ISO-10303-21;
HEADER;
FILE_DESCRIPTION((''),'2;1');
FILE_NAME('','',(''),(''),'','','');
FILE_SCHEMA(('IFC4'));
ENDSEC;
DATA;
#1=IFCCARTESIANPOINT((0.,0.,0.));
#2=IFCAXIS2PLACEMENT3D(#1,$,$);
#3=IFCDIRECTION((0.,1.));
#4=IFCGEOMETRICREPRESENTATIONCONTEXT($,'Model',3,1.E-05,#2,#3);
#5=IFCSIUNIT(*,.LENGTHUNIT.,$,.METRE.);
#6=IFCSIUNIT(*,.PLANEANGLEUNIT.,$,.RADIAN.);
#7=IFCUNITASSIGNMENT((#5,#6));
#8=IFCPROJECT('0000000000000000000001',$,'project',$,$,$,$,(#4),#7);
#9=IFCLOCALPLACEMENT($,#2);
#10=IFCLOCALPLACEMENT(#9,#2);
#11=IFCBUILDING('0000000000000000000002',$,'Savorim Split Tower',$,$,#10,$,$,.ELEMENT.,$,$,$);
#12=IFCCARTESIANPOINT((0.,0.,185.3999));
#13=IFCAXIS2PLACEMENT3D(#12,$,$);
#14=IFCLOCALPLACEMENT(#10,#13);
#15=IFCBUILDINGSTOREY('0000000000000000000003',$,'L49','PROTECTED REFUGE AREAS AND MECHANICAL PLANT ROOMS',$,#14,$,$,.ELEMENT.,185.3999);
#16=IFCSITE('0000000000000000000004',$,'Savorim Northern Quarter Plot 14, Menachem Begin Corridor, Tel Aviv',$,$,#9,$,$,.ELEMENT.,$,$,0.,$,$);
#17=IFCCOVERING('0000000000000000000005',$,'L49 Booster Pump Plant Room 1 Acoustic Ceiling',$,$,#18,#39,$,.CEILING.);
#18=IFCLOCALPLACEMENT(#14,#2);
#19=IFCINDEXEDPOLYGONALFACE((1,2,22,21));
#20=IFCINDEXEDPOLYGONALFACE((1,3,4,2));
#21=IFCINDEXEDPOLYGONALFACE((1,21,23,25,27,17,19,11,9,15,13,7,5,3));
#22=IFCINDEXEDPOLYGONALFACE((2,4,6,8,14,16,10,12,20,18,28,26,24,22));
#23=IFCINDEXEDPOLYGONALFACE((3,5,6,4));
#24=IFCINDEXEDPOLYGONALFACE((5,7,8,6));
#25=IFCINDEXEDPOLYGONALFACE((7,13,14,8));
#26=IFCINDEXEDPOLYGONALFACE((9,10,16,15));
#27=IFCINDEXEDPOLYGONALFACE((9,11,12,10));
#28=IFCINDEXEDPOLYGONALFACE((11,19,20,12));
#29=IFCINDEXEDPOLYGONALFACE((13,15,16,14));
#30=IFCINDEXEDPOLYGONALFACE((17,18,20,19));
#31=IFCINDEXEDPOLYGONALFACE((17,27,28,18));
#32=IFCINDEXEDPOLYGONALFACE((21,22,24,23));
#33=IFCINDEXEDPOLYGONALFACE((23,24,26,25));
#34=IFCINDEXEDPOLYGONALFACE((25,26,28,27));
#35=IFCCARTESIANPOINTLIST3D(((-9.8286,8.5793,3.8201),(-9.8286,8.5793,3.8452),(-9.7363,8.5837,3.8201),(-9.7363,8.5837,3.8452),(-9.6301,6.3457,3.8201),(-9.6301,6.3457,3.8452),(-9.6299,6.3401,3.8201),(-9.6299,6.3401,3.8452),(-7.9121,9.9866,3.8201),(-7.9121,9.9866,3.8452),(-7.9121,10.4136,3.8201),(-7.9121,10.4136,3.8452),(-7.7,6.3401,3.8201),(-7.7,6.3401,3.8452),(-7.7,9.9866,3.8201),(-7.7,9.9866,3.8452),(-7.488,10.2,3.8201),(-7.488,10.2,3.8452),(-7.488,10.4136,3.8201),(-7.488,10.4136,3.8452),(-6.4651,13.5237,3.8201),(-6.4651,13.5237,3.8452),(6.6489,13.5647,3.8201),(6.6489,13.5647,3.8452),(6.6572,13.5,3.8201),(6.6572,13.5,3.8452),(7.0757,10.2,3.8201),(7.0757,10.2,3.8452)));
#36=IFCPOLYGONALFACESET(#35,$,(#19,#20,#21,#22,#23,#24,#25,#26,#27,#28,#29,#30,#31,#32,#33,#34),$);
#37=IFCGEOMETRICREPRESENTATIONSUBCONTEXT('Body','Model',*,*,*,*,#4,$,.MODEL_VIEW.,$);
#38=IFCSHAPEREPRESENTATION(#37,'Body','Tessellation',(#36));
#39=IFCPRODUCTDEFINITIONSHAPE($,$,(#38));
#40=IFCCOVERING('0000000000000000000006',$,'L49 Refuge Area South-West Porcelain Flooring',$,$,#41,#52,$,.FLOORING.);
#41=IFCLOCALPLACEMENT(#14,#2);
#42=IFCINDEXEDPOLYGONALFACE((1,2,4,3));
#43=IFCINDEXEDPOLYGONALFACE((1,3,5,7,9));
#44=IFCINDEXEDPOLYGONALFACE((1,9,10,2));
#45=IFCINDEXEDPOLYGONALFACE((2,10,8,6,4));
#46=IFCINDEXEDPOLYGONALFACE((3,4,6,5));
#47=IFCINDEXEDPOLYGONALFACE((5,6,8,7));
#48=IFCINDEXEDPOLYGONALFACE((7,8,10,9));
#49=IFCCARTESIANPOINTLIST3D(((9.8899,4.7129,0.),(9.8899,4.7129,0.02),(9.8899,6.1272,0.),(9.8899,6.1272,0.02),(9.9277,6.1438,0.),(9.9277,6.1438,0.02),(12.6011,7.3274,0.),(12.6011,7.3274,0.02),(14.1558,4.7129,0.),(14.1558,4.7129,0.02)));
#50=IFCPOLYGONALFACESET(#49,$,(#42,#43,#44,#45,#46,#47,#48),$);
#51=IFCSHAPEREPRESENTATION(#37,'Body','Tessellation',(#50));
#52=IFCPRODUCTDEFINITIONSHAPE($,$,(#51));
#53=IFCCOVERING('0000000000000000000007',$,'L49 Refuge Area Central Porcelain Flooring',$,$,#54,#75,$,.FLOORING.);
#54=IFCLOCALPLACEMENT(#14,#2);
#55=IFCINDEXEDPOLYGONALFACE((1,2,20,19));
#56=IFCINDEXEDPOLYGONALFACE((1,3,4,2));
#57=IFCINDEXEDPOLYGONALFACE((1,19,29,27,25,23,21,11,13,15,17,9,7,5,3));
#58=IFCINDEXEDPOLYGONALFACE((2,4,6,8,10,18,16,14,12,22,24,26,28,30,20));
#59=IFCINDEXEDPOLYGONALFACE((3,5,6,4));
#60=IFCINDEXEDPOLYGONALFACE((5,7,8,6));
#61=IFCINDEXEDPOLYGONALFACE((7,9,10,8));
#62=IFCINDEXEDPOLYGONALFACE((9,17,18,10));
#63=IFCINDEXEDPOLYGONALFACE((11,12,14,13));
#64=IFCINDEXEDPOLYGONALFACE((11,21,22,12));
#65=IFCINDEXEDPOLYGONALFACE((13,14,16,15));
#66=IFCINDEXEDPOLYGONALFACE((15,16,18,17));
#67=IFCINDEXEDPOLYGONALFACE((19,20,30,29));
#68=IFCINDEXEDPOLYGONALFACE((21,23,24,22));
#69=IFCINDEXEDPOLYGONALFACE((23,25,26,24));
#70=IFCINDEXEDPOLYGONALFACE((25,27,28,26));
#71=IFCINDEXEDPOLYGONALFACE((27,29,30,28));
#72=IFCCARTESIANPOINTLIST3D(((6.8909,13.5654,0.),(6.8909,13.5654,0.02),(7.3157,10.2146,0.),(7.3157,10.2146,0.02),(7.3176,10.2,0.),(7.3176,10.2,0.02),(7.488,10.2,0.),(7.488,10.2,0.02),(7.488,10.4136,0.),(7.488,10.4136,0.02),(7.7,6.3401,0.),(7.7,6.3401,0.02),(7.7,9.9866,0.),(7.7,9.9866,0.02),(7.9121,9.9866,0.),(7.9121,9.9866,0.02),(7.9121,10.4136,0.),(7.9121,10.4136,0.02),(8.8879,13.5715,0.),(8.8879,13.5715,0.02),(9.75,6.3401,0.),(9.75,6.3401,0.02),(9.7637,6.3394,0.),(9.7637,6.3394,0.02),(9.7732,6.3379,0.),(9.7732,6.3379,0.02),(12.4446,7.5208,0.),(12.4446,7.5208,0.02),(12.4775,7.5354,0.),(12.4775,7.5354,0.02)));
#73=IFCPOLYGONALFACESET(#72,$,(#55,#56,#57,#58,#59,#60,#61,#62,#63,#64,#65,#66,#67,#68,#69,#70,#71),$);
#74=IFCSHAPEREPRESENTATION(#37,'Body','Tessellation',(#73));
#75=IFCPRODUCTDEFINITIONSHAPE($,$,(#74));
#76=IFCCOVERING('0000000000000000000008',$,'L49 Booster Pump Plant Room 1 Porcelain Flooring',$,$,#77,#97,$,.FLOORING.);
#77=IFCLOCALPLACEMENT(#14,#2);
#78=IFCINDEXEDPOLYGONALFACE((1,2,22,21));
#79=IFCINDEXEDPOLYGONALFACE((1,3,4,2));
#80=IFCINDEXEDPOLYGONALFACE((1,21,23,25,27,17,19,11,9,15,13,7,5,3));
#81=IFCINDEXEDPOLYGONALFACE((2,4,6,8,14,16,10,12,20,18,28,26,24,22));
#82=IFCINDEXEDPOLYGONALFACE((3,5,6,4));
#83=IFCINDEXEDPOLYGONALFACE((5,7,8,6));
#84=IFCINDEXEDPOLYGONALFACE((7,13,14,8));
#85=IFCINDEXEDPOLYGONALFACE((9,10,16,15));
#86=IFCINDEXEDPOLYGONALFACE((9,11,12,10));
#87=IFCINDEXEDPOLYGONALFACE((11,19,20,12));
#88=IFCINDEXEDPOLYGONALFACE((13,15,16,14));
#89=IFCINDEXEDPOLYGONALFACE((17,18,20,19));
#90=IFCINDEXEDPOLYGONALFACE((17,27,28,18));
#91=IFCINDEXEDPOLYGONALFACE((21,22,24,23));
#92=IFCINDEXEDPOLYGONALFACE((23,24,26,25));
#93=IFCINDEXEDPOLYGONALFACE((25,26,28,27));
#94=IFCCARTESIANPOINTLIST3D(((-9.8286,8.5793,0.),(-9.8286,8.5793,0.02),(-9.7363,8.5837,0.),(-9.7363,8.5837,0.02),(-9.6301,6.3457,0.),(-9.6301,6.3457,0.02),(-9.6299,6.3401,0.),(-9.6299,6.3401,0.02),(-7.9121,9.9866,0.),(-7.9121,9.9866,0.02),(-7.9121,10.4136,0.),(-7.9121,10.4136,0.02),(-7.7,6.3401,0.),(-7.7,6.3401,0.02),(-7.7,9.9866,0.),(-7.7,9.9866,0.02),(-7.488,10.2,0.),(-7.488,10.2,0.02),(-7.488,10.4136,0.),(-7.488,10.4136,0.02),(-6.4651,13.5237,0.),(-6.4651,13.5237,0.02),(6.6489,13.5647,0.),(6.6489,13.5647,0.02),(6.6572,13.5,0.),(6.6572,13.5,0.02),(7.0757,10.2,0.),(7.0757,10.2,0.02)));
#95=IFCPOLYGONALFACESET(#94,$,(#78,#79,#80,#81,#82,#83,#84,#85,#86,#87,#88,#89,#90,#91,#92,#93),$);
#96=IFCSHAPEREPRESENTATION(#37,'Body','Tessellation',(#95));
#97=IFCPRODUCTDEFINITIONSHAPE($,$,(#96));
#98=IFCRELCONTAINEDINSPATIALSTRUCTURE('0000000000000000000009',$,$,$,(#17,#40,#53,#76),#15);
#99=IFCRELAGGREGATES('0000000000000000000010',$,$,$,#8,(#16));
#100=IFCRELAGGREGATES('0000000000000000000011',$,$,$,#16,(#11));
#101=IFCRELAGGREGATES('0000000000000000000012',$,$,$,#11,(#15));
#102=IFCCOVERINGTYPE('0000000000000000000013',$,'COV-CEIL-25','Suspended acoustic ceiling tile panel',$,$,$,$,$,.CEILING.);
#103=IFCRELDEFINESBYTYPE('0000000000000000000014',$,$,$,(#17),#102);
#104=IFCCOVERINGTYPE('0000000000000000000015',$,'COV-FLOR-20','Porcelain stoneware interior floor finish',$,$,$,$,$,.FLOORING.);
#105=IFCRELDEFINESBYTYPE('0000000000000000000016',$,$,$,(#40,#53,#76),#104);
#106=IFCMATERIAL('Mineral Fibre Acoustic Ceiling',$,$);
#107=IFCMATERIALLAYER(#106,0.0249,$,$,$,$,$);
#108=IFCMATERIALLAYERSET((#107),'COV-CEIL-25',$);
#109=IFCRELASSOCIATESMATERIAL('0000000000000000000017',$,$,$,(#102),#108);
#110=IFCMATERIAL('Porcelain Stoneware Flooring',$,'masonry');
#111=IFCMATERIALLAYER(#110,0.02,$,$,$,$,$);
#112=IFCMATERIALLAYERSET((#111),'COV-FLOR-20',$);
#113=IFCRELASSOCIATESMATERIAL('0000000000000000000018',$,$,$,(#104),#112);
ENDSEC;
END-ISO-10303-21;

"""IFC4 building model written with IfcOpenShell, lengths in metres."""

from ifc_helpers import new_model, si_unit, direction, frame, origin, place, context, subcontext, project, spatial, polyline, outline, extrude, material, layer, layer_set, type_object, element, save


model = new_model("IFC4")

# Units and contexts
model_context = context("Model", 3, precision=1e-05, world=origin(), true_north=direction((0.0, 1.0)))
body_context = subcontext(model_context, "Body", "Model", "MODEL_VIEW")
ifc_project = project(units=[si_unit("LENGTHUNIT", "METRE"), si_unit("PLANEANGLEUNIT", "RADIAN")], contexts=[model_context])

# Site, building, storey
site_placement = place(None, origin())
site = spatial("IfcSite", under=ifc_project, at=site_placement, Name="Savorim Northern Quarter Plot 14, Menachem Begin Corridor, Tel Aviv", CompositionType="ELEMENT", RefElevation=0.0)
building_placement = place(site_placement, origin())
building = spatial("IfcBuilding", under=site, at=building_placement, Name="Savorim Split Tower", CompositionType="ELEMENT")
storey_placement = place(building_placement, frame((0.0, 0.0, 185.3999)))
storey = spatial("IfcBuildingStorey", under=building, at=storey_placement, Name="L49", Description="PROTECTED REFUGE AREAS AND MECHANICAL PLANT ROOMS", CompositionType="ELEMENT", Elevation=185.3999)

# Coverings
ifc_material_1 = material(Name="Mineral Fibre Acoustic Ceiling")
ifc_layer_1 = layer(ifc_material_1, 0.0249)
ifc_layer_set_1 = layer_set([ifc_layer_1], Name="COV-CEIL-25")
covering_type_1 = type_object("IfcCoveringType", Name="COV-CEIL-25", Description="Suspended acoustic ceiling tile panel", PredefinedType="CEILING", material=ifc_layer_set_1)
covering_1_placement = place(storey_placement, frame((0.0, 0.0, 3.8201)))
element("IfcCovering", 1, at=covering_1_placement, inside=storey, type_object=covering_type_1, Name="L49 Booster Pump Plant Room 1 Acoustic Ceiling", PredefinedType="CEILING", context=body_context, shape_type="SweptSolid", body=[
    extrude(outline(polyline([(6.6572, 13.5), (6.6489, 13.5647), (-6.4651, 13.5237), (-9.8286, 8.5793), (-9.7363, 8.5837), (-9.6301, 6.3457), (-9.6299, 6.3401), (-7.7, 6.3401), (-7.7, 9.9866), (-7.9121, 9.9866), (-7.9121, 10.4136), (-7.488, 10.4136), (-7.488, 10.2), (7.0757, 10.2), (6.6572, 13.5)])), origin(), (0.0, 0.0, 1.0), 0.0251),
])
ifc_material_2 = material(Name="Porcelain Stoneware Flooring", Category="masonry")
ifc_layer_2 = layer(ifc_material_2, 0.02)
ifc_layer_set_2 = layer_set([ifc_layer_2], Name="COV-FLOR-20")
covering_type_2 = type_object("IfcCoveringType", Name="COV-FLOR-20", Description="Porcelain stoneware interior floor finish", PredefinedType="FLOORING", material=ifc_layer_set_2)
covering_2_placement = place(storey_placement, origin())
element("IfcCovering", 2, at=covering_2_placement, inside=storey, type_object=covering_type_2, Name="L49 Refuge Area South-West Porcelain Flooring", PredefinedType="FLOORING", context=body_context, shape_type="SweptSolid", body=[
    extrude(outline(polyline([(9.8899, 6.1272), (9.8899, 4.7129), (14.1558, 4.7129), (12.6011, 7.3274), (9.9277, 6.1438), (9.8899, 6.1272)])), origin(), (0.0, 0.0, 1.0), 0.02),
])
covering_3_placement = place(storey_placement, origin())
element("IfcCovering", 3, at=covering_3_placement, inside=storey, type_object=covering_type_2, Name="L49 Refuge Area Central Porcelain Flooring", PredefinedType="FLOORING", context=body_context, shape_type="SweptSolid", body=[
    extrude(outline(polyline([(12.4446, 7.5208), (12.4775, 7.5354), (8.8879, 13.5715), (6.8909, 13.5654), (7.3157, 10.2146), (7.3176, 10.2), (7.488, 10.2), (7.488, 10.4136), (7.9121, 10.4136), (7.9121, 9.9866), (7.7, 9.9866), (7.7, 6.3401), (9.75, 6.3401), (9.7637, 6.3394), (9.7732, 6.3379), (12.4446, 7.5208)])), origin(), (0.0, 0.0, 1.0), 0.02),
])
covering_4_placement = place(storey_placement, origin())
element("IfcCovering", 4, at=covering_4_placement, inside=storey, type_object=covering_type_2, Name="L49 Booster Pump Plant Room 1 Porcelain Flooring", PredefinedType="FLOORING", context=body_context, shape_type="SweptSolid", body=[
    extrude(outline(polyline([(6.6572, 13.5), (6.6489, 13.5647), (-6.4651, 13.5237), (-9.8286, 8.5793), (-9.7363, 8.5837), (-9.6301, 6.3457), (-9.6299, 6.3401), (-7.7, 6.3401), (-7.7, 9.9866), (-7.9121, 9.9866), (-7.9121, 10.4136), (-7.488, 10.4136), (-7.488, 10.2), (7.0757, 10.2), (6.6572, 13.5)])), origin(), (0.0, 0.0, 1.0), 0.02),
])

save(model, "model.ifc")
